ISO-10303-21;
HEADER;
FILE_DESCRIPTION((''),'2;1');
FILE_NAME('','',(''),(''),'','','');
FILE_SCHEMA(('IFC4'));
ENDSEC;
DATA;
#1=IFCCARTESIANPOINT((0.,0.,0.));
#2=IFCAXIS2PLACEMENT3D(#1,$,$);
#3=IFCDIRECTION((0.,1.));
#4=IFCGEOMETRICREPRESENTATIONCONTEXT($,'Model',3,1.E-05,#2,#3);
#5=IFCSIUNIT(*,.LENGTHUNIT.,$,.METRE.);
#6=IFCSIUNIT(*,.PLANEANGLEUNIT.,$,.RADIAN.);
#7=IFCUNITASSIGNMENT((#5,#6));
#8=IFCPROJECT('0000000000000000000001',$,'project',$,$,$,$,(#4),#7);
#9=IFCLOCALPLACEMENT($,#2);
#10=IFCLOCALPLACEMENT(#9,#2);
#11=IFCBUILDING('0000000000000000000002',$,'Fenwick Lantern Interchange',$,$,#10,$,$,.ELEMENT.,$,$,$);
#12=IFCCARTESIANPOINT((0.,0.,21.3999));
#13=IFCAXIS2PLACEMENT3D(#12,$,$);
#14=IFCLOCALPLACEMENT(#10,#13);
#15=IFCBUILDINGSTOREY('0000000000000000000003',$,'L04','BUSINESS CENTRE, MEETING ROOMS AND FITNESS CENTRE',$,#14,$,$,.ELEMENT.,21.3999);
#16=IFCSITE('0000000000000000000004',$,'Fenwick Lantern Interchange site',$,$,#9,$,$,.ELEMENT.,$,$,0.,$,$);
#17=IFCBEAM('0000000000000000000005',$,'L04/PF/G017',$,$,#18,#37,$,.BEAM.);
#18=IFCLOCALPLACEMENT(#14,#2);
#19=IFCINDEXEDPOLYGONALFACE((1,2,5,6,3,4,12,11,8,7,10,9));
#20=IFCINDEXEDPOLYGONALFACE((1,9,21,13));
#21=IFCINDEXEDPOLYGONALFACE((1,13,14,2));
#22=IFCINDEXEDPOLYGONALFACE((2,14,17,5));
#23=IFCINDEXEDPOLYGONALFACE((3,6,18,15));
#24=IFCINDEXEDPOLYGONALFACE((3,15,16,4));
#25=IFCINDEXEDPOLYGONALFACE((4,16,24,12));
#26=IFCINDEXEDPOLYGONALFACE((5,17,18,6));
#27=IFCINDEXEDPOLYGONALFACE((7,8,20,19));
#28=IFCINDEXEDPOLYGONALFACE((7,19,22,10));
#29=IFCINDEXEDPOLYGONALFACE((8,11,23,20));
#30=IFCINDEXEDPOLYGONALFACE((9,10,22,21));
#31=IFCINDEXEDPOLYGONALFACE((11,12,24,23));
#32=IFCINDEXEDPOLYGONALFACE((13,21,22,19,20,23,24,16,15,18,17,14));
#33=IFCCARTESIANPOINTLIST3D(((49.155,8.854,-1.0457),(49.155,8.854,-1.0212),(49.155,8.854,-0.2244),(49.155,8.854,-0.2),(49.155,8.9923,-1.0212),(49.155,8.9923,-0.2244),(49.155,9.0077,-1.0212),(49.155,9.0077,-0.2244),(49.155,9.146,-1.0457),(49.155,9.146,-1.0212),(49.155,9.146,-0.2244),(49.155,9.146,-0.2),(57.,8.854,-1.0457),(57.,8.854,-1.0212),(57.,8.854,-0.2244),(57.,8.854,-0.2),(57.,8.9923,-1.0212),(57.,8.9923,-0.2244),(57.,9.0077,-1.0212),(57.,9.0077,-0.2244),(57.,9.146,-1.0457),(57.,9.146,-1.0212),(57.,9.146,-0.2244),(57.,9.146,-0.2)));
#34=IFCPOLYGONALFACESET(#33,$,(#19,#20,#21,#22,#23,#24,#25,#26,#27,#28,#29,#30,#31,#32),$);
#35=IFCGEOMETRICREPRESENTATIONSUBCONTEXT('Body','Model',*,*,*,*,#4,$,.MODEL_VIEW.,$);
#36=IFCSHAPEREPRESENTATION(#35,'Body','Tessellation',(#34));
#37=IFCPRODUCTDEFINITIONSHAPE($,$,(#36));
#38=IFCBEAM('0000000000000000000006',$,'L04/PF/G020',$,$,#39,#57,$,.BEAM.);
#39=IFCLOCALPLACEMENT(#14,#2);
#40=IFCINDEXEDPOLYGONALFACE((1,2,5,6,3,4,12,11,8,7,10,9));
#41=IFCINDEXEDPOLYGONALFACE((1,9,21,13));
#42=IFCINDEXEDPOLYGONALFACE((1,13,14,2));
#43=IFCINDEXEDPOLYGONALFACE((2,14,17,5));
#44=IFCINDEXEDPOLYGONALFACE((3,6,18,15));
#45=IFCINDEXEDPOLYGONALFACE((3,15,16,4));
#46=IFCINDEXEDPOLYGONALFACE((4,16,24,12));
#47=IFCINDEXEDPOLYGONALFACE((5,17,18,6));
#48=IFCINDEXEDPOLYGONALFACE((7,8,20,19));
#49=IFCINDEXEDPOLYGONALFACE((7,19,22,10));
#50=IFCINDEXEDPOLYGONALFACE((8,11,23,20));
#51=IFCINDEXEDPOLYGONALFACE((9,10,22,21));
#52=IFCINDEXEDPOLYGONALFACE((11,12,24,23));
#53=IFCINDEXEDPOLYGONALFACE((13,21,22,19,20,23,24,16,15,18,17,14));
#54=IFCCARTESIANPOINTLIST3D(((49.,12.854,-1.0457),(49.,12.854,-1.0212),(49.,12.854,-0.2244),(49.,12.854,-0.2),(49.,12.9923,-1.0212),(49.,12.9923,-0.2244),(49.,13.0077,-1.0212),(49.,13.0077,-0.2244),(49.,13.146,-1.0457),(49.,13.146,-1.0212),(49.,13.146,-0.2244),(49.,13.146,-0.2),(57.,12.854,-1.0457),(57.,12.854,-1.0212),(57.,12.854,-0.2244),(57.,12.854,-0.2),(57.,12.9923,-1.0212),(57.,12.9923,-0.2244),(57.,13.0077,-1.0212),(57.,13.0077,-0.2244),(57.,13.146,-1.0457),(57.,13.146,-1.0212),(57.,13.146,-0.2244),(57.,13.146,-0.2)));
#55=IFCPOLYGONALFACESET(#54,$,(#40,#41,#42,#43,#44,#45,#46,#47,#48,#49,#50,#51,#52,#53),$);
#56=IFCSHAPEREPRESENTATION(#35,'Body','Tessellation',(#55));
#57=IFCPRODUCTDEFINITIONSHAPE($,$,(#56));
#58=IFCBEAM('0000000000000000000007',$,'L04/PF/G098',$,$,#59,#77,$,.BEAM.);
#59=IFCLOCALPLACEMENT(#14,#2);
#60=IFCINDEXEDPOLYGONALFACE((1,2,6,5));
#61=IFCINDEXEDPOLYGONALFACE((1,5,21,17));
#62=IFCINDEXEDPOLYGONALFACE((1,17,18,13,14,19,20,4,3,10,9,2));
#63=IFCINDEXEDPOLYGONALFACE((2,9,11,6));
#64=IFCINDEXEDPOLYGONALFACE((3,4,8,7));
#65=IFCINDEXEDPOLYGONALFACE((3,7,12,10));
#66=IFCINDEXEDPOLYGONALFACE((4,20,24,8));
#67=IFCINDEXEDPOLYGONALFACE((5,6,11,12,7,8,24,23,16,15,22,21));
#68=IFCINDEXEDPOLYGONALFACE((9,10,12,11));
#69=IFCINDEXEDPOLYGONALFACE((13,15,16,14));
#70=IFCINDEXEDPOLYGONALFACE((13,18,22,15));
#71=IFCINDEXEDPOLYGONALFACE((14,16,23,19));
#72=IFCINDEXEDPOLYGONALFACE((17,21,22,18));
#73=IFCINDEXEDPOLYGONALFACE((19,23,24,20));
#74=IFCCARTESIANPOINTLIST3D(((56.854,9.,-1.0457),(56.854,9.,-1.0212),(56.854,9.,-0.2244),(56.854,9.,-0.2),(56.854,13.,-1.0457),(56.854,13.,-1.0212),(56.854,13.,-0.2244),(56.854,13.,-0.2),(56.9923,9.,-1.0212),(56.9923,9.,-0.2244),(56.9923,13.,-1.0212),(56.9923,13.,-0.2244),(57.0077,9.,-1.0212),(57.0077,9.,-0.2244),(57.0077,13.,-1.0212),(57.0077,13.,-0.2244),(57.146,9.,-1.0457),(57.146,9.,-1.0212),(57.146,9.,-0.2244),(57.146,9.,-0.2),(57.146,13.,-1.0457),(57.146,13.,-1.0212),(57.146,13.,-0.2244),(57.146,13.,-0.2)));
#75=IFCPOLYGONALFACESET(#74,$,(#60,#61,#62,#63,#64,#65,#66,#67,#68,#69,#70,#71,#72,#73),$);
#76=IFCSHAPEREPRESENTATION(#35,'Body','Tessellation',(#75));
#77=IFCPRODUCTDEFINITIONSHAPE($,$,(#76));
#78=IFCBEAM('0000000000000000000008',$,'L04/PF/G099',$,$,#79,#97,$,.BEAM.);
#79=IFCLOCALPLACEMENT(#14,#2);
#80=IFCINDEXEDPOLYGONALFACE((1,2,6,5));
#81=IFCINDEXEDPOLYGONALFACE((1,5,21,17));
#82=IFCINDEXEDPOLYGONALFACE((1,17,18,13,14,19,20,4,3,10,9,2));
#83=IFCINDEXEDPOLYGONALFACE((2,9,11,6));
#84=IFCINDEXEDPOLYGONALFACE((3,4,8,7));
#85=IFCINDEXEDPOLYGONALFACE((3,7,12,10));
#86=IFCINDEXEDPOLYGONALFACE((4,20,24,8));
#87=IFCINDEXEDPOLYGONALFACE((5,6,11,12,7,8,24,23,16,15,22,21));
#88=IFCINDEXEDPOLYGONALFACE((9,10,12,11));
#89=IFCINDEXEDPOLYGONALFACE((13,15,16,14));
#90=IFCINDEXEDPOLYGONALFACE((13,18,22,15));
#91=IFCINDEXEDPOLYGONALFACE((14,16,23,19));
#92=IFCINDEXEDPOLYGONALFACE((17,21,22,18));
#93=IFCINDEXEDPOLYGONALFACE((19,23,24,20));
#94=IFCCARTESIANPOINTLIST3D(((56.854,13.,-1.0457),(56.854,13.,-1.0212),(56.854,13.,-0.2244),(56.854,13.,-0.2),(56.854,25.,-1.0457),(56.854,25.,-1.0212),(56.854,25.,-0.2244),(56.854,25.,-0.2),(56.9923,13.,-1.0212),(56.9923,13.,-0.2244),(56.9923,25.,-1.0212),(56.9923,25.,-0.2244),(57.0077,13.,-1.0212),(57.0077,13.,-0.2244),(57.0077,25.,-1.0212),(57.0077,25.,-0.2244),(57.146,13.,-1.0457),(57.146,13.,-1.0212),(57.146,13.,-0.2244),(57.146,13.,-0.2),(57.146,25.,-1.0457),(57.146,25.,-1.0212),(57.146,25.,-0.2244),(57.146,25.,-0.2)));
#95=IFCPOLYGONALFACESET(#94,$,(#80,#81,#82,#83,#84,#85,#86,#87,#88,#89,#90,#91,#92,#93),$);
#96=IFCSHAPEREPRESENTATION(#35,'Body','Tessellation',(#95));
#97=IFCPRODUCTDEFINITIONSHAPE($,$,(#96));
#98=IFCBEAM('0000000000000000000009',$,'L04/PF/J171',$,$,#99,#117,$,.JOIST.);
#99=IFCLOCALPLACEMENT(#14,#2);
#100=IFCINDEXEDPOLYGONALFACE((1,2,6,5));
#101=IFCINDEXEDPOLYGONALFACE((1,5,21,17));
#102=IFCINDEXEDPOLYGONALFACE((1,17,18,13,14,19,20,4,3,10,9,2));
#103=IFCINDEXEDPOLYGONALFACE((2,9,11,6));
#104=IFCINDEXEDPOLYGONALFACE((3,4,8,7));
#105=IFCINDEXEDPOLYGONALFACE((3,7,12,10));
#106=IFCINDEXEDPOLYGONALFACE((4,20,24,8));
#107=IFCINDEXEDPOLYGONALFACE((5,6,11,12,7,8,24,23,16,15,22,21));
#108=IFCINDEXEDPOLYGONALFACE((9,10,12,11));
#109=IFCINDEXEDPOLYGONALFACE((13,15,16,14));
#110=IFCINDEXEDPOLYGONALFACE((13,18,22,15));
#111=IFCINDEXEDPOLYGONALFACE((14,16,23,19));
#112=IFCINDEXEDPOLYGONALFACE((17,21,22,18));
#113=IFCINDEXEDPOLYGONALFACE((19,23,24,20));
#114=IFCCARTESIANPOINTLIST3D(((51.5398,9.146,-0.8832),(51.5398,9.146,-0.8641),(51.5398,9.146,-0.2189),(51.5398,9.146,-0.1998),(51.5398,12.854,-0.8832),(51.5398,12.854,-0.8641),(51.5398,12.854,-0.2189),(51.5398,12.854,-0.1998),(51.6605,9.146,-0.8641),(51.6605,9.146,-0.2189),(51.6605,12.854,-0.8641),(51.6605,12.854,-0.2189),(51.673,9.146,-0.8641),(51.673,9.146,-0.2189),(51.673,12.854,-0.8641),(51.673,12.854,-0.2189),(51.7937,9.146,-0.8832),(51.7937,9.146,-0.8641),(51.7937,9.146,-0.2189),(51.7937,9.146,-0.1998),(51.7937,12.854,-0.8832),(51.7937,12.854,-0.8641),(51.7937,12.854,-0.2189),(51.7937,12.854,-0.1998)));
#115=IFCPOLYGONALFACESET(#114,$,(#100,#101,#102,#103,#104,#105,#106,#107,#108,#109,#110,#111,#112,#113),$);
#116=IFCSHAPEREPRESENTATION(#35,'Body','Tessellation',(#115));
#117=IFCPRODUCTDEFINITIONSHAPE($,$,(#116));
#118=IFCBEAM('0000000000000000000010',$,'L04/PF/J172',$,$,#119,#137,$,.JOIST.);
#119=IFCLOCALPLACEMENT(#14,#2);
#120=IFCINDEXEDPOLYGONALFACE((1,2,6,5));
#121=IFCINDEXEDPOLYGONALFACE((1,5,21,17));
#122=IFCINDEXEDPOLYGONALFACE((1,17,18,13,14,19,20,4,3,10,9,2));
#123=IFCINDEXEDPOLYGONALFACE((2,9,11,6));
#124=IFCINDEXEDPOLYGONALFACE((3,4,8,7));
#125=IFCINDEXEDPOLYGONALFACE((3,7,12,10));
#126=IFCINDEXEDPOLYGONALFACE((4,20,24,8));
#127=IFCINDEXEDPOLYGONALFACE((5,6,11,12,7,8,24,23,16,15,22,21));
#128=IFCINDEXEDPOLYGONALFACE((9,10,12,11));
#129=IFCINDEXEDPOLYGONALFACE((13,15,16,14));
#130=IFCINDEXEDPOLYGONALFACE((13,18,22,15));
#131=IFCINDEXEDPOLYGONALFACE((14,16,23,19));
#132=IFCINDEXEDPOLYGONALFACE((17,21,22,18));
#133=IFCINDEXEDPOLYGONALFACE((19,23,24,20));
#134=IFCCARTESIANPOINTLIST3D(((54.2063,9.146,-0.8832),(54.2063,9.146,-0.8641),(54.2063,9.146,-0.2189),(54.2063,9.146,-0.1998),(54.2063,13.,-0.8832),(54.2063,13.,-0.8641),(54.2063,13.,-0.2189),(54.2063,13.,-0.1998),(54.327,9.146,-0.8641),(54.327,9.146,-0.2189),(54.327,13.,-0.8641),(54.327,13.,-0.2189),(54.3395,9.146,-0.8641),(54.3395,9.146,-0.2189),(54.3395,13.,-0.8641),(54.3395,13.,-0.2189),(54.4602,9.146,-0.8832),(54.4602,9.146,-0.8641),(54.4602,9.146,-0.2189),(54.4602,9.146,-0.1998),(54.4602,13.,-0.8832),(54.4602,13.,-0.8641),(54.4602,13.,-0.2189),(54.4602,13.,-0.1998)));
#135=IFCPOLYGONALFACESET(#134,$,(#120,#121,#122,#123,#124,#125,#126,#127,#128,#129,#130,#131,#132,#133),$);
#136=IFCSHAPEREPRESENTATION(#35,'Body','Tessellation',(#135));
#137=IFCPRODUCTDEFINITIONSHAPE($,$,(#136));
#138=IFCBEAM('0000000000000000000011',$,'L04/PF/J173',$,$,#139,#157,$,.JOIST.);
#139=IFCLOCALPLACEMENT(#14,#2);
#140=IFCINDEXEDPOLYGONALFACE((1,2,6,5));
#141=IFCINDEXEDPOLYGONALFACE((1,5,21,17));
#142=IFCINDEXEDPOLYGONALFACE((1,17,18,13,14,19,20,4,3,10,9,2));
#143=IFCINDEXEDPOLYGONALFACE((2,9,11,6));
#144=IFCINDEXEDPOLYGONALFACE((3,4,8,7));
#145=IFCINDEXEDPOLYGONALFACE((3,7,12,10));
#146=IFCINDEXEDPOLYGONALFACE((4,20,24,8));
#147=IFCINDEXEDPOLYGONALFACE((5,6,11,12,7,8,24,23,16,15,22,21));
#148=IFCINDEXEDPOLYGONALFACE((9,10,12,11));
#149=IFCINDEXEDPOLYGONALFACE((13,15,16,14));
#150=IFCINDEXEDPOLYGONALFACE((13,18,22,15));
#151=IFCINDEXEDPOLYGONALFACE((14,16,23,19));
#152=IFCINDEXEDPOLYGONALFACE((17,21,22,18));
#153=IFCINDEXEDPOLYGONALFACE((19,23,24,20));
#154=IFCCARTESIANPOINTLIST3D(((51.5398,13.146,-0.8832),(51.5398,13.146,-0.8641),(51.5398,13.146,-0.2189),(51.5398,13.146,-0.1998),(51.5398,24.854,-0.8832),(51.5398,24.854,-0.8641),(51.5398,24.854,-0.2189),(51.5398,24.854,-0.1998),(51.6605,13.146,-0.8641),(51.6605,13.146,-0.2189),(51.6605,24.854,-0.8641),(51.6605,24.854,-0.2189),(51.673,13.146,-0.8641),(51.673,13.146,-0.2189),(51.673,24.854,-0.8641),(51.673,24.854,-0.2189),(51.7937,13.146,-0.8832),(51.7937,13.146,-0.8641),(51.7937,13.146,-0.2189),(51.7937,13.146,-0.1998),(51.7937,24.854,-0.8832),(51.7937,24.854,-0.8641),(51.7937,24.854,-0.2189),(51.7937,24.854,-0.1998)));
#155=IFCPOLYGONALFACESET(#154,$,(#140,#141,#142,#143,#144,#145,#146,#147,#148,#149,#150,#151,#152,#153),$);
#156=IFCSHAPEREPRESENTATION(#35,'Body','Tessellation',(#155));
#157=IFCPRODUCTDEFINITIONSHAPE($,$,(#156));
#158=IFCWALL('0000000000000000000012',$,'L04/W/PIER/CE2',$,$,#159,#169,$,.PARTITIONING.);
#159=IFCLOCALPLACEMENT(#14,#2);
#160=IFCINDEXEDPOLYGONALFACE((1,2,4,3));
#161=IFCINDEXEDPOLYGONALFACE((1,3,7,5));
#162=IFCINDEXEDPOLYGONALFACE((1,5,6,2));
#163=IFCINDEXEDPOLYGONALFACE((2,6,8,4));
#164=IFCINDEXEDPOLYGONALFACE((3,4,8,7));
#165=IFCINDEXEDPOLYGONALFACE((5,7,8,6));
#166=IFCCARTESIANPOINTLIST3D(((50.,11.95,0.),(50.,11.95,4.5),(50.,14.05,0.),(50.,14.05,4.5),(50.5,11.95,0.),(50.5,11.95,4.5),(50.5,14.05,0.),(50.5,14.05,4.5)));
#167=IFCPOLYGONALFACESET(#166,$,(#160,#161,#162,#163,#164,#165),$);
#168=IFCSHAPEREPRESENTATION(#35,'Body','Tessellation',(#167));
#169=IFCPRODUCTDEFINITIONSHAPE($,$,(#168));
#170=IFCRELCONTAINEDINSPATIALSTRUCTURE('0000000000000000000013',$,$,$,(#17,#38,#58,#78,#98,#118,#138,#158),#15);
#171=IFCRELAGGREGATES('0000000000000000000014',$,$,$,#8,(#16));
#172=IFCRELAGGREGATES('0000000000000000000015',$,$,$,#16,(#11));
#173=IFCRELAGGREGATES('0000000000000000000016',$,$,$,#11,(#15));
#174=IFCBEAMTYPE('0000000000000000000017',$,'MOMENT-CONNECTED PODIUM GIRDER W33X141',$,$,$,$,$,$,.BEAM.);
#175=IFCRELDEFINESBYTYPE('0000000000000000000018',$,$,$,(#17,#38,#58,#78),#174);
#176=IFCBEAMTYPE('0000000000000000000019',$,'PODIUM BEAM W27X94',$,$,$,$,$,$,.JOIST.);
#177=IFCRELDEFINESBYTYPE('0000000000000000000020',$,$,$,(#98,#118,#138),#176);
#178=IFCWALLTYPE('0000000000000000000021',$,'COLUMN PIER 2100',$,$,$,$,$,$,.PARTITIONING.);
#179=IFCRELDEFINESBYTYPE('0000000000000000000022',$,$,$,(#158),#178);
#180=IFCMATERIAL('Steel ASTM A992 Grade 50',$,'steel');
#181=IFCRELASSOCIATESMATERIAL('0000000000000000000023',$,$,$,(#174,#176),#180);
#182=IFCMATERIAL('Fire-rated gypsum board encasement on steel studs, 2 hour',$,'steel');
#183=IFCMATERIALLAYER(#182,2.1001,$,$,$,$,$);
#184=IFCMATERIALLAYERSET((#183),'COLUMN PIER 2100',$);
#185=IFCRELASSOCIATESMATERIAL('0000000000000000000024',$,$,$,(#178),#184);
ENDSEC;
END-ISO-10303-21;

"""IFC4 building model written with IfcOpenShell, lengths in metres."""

from ifc_helpers import new_model, si_unit, direction, frame, frame_2d, origin, origin_2d, place, context, subcontext, project, spatial, rectangle, i_section, extrude, material, layer, layer_set, material_profile, profile_set, type_object, element, save


model = new_model("IFC4")

# Units and contexts
model_context = context("Model", 3, precision=1e-05, world=origin(), true_north=direction((0.0, 1.0)))
body_context = subcontext(model_context, "Body", "Model", "MODEL_VIEW")
ifc_project = project(units=[si_unit("LENGTHUNIT", "METRE"), si_unit("PLANEANGLEUNIT", "RADIAN")], contexts=[model_context])

# Site, building, storey
site_placement = place(None, origin())
site = spatial("IfcSite", under=ifc_project, at=site_placement, Name="Fenwick Lantern Interchange site", CompositionType="ELEMENT", RefElevation=0.0)
building_placement = place(site_placement, origin())
building = spatial("IfcBuilding", under=site, at=building_placement, Name="Fenwick Lantern Interchange", CompositionType="ELEMENT")
storey_placement = place(building_placement, frame((0.0, 0.0, 21.3999)))
storey = spatial("IfcBuildingStorey", under=building, at=storey_placement, Name="L04", Description="BUSINESS CENTRE, MEETING ROOMS AND FITNESS CENTRE", CompositionType="ELEMENT", Elevation=21.3999)

# Shared definitions
ifc_material_1 = material(Name="Steel ASTM A992 Grade 50", Category="steel")

# Beams
ifc_material_profile_1 = material_profile(ifc_material_1, i_section(OverallWidth=0.292, OverallDepth=0.8457, WebThickness=0.0154, FlangeThickness=0.0244, at=origin_2d()), Name="W33X141")
ifc_profile_set_1 = profile_set([ifc_material_profile_1], Name="Steel ASTM A992 Grade 50")
beam_type_1 = type_object("IfcBeamType", Name="MOMENT-CONNECTED PODIUM GIRDER W33X141", PredefinedType="BEAM", material=ifc_profile_set_1)
beam_1_placement = place(storey_placement, frame((49.155, 9.0, -0.6228), z_axis=(1.0, 0.0, 0.0), x_axis=(0.0, 1.0, 0.0)))
element("IfcBeam", 1, at=beam_1_placement, inside=storey, type_object=beam_type_1, Name="L04/PF/G017", PredefinedType="BEAM", context=body_context, shape_type="SweptSolid", body=[
    extrude(i_section(OverallWidth=0.292, OverallDepth=0.8457, WebThickness=0.0154, FlangeThickness=0.0244, at=origin_2d()), origin(), (0.0, 0.0, 1.0), 7.845),
])
beam_2_placement = place(storey_placement, frame((49.0, 13.0, -0.6228), z_axis=(1.0, 0.0, 0.0), x_axis=(0.0, 1.0, 0.0)))
element("IfcBeam", 2, at=beam_2_placement, inside=storey, type_object=beam_type_1, Name="L04/PF/G020", PredefinedType="BEAM", context=body_context, shape_type="SweptSolid", body=[
    extrude(i_section(OverallWidth=0.292, OverallDepth=0.8457, WebThickness=0.0154, FlangeThickness=0.0244, at=origin_2d()), origin(), (0.0, 0.0, 1.0), 8.0),
])
beam_3_placement = place(storey_placement, frame((57.0, 9.0, -0.6228), z_axis=(0.0, 1.0, 0.0), x_axis=(-1.0, 0.0, 0.0)))
element("IfcBeam", 3, at=beam_3_placement, inside=storey, type_object=beam_type_1, Name="L04/PF/G098", PredefinedType="BEAM", context=body_context, shape_type="SweptSolid", body=[
    extrude(i_section(OverallWidth=0.292, OverallDepth=0.8457, WebThickness=0.0154, FlangeThickness=0.0244, at=origin_2d()), origin(), (0.0, 0.0, 1.0), 4.0),
])
beam_4_placement = place(storey_placement, frame((57.0, 13.0, -0.6228), z_axis=(0.0, 1.0, 0.0), x_axis=(-1.0, 0.0, 0.0)))
element("IfcBeam", 4, at=beam_4_placement, inside=storey, type_object=beam_type_1, Name="L04/PF/G099", PredefinedType="BEAM", context=body_context, shape_type="SweptSolid", body=[
    extrude(i_section(OverallWidth=0.292, OverallDepth=0.8457, WebThickness=0.0154, FlangeThickness=0.0244, at=origin_2d()), origin(), (0.0, 0.0, 1.0), 12.0),
])
ifc_material_profile_2 = material_profile(ifc_material_1, i_section(OverallWidth=0.2539, OverallDepth=0.6833, WebThickness=0.0125, FlangeThickness=0.019, at=origin_2d()), Name="W27X94")
ifc_profile_set_2 = profile_set([ifc_material_profile_2], Name="Steel ASTM A992 Grade 50")
beam_type_2 = type_object("IfcBeamType", Name="PODIUM BEAM W27X94", PredefinedType="JOIST", material=ifc_profile_set_2)
beam_5_placement = place(storey_placement, frame((51.6667, 9.146, -0.5415), z_axis=(0.0, 1.0, 0.0), x_axis=(-1.0, 0.0, 0.0)))
element("IfcBeam", 5, at=beam_5_placement, inside=storey, type_object=beam_type_2, Name="L04/PF/J171", PredefinedType="JOIST", context=body_context, shape_type="SweptSolid", body=[
    extrude(i_section(OverallWidth=0.2539, OverallDepth=0.6833, WebThickness=0.0125, FlangeThickness=0.019, at=origin_2d()), origin(), (0.0, 0.0, 1.0), 3.708),
])
beam_6_placement = place(storey_placement, frame((54.3333, 9.146, -0.5415), z_axis=(0.0, 1.0, 0.0), x_axis=(-1.0, 0.0, 0.0)))
element("IfcBeam", 6, at=beam_6_placement, inside=storey, type_object=beam_type_2, Name="L04/PF/J172", PredefinedType="JOIST", context=body_context, shape_type="SweptSolid", body=[
    extrude(i_section(OverallWidth=0.2539, OverallDepth=0.6833, WebThickness=0.0125, FlangeThickness=0.019, at=origin_2d()), origin(), (0.0, 0.0, 1.0), 3.854),
])
beam_7_placement = place(storey_placement, frame((51.6667, 13.146, -0.5415), z_axis=(0.0, 1.0, 0.0), x_axis=(-1.0, 0.0, 0.0)))
element("IfcBeam", 7, at=beam_7_placement, inside=storey, type_object=beam_type_2, Name="L04/PF/J173", PredefinedType="JOIST", context=body_context, shape_type="SweptSolid", body=[
    extrude(i_section(OverallWidth=0.2539, OverallDepth=0.6833, WebThickness=0.0125, FlangeThickness=0.019, at=origin_2d()), origin(), (0.0, 0.0, 1.0), 11.708),
])

# Wall
ifc_material_2 = material(Name="Fire-rated gypsum board encasement on steel studs, 2 hour", Category="steel")
ifc_layer_1 = layer(ifc_material_2, 2.1001)
ifc_layer_set_1 = layer_set([ifc_layer_1], Name="COLUMN PIER 2100")
wall_type_1 = type_object("IfcWallType", Name="COLUMN PIER 2100", PredefinedType="PARTITIONING", material=ifc_layer_set_1)
wall_1_placement = place(storey_placement, frame((50.5, 13.0, 0.0), z_axis=(0.0, 0.0, 1.0), x_axis=(-1.0, 0.0, 0.0)))
element("IfcWall", 8, at=wall_1_placement, inside=storey, type_object=wall_type_1, Name="L04/W/PIER/CE2", PredefinedType="PARTITIONING", context=body_context, shape_type="SweptSolid", body=[
    extrude(rectangle(XDim=0.5, YDim=2.1001, at=frame_2d((0.25, 0.0))), origin(), (0.0, 0.0, 1.0), 4.5),
])

save(model, "model.ifc")
